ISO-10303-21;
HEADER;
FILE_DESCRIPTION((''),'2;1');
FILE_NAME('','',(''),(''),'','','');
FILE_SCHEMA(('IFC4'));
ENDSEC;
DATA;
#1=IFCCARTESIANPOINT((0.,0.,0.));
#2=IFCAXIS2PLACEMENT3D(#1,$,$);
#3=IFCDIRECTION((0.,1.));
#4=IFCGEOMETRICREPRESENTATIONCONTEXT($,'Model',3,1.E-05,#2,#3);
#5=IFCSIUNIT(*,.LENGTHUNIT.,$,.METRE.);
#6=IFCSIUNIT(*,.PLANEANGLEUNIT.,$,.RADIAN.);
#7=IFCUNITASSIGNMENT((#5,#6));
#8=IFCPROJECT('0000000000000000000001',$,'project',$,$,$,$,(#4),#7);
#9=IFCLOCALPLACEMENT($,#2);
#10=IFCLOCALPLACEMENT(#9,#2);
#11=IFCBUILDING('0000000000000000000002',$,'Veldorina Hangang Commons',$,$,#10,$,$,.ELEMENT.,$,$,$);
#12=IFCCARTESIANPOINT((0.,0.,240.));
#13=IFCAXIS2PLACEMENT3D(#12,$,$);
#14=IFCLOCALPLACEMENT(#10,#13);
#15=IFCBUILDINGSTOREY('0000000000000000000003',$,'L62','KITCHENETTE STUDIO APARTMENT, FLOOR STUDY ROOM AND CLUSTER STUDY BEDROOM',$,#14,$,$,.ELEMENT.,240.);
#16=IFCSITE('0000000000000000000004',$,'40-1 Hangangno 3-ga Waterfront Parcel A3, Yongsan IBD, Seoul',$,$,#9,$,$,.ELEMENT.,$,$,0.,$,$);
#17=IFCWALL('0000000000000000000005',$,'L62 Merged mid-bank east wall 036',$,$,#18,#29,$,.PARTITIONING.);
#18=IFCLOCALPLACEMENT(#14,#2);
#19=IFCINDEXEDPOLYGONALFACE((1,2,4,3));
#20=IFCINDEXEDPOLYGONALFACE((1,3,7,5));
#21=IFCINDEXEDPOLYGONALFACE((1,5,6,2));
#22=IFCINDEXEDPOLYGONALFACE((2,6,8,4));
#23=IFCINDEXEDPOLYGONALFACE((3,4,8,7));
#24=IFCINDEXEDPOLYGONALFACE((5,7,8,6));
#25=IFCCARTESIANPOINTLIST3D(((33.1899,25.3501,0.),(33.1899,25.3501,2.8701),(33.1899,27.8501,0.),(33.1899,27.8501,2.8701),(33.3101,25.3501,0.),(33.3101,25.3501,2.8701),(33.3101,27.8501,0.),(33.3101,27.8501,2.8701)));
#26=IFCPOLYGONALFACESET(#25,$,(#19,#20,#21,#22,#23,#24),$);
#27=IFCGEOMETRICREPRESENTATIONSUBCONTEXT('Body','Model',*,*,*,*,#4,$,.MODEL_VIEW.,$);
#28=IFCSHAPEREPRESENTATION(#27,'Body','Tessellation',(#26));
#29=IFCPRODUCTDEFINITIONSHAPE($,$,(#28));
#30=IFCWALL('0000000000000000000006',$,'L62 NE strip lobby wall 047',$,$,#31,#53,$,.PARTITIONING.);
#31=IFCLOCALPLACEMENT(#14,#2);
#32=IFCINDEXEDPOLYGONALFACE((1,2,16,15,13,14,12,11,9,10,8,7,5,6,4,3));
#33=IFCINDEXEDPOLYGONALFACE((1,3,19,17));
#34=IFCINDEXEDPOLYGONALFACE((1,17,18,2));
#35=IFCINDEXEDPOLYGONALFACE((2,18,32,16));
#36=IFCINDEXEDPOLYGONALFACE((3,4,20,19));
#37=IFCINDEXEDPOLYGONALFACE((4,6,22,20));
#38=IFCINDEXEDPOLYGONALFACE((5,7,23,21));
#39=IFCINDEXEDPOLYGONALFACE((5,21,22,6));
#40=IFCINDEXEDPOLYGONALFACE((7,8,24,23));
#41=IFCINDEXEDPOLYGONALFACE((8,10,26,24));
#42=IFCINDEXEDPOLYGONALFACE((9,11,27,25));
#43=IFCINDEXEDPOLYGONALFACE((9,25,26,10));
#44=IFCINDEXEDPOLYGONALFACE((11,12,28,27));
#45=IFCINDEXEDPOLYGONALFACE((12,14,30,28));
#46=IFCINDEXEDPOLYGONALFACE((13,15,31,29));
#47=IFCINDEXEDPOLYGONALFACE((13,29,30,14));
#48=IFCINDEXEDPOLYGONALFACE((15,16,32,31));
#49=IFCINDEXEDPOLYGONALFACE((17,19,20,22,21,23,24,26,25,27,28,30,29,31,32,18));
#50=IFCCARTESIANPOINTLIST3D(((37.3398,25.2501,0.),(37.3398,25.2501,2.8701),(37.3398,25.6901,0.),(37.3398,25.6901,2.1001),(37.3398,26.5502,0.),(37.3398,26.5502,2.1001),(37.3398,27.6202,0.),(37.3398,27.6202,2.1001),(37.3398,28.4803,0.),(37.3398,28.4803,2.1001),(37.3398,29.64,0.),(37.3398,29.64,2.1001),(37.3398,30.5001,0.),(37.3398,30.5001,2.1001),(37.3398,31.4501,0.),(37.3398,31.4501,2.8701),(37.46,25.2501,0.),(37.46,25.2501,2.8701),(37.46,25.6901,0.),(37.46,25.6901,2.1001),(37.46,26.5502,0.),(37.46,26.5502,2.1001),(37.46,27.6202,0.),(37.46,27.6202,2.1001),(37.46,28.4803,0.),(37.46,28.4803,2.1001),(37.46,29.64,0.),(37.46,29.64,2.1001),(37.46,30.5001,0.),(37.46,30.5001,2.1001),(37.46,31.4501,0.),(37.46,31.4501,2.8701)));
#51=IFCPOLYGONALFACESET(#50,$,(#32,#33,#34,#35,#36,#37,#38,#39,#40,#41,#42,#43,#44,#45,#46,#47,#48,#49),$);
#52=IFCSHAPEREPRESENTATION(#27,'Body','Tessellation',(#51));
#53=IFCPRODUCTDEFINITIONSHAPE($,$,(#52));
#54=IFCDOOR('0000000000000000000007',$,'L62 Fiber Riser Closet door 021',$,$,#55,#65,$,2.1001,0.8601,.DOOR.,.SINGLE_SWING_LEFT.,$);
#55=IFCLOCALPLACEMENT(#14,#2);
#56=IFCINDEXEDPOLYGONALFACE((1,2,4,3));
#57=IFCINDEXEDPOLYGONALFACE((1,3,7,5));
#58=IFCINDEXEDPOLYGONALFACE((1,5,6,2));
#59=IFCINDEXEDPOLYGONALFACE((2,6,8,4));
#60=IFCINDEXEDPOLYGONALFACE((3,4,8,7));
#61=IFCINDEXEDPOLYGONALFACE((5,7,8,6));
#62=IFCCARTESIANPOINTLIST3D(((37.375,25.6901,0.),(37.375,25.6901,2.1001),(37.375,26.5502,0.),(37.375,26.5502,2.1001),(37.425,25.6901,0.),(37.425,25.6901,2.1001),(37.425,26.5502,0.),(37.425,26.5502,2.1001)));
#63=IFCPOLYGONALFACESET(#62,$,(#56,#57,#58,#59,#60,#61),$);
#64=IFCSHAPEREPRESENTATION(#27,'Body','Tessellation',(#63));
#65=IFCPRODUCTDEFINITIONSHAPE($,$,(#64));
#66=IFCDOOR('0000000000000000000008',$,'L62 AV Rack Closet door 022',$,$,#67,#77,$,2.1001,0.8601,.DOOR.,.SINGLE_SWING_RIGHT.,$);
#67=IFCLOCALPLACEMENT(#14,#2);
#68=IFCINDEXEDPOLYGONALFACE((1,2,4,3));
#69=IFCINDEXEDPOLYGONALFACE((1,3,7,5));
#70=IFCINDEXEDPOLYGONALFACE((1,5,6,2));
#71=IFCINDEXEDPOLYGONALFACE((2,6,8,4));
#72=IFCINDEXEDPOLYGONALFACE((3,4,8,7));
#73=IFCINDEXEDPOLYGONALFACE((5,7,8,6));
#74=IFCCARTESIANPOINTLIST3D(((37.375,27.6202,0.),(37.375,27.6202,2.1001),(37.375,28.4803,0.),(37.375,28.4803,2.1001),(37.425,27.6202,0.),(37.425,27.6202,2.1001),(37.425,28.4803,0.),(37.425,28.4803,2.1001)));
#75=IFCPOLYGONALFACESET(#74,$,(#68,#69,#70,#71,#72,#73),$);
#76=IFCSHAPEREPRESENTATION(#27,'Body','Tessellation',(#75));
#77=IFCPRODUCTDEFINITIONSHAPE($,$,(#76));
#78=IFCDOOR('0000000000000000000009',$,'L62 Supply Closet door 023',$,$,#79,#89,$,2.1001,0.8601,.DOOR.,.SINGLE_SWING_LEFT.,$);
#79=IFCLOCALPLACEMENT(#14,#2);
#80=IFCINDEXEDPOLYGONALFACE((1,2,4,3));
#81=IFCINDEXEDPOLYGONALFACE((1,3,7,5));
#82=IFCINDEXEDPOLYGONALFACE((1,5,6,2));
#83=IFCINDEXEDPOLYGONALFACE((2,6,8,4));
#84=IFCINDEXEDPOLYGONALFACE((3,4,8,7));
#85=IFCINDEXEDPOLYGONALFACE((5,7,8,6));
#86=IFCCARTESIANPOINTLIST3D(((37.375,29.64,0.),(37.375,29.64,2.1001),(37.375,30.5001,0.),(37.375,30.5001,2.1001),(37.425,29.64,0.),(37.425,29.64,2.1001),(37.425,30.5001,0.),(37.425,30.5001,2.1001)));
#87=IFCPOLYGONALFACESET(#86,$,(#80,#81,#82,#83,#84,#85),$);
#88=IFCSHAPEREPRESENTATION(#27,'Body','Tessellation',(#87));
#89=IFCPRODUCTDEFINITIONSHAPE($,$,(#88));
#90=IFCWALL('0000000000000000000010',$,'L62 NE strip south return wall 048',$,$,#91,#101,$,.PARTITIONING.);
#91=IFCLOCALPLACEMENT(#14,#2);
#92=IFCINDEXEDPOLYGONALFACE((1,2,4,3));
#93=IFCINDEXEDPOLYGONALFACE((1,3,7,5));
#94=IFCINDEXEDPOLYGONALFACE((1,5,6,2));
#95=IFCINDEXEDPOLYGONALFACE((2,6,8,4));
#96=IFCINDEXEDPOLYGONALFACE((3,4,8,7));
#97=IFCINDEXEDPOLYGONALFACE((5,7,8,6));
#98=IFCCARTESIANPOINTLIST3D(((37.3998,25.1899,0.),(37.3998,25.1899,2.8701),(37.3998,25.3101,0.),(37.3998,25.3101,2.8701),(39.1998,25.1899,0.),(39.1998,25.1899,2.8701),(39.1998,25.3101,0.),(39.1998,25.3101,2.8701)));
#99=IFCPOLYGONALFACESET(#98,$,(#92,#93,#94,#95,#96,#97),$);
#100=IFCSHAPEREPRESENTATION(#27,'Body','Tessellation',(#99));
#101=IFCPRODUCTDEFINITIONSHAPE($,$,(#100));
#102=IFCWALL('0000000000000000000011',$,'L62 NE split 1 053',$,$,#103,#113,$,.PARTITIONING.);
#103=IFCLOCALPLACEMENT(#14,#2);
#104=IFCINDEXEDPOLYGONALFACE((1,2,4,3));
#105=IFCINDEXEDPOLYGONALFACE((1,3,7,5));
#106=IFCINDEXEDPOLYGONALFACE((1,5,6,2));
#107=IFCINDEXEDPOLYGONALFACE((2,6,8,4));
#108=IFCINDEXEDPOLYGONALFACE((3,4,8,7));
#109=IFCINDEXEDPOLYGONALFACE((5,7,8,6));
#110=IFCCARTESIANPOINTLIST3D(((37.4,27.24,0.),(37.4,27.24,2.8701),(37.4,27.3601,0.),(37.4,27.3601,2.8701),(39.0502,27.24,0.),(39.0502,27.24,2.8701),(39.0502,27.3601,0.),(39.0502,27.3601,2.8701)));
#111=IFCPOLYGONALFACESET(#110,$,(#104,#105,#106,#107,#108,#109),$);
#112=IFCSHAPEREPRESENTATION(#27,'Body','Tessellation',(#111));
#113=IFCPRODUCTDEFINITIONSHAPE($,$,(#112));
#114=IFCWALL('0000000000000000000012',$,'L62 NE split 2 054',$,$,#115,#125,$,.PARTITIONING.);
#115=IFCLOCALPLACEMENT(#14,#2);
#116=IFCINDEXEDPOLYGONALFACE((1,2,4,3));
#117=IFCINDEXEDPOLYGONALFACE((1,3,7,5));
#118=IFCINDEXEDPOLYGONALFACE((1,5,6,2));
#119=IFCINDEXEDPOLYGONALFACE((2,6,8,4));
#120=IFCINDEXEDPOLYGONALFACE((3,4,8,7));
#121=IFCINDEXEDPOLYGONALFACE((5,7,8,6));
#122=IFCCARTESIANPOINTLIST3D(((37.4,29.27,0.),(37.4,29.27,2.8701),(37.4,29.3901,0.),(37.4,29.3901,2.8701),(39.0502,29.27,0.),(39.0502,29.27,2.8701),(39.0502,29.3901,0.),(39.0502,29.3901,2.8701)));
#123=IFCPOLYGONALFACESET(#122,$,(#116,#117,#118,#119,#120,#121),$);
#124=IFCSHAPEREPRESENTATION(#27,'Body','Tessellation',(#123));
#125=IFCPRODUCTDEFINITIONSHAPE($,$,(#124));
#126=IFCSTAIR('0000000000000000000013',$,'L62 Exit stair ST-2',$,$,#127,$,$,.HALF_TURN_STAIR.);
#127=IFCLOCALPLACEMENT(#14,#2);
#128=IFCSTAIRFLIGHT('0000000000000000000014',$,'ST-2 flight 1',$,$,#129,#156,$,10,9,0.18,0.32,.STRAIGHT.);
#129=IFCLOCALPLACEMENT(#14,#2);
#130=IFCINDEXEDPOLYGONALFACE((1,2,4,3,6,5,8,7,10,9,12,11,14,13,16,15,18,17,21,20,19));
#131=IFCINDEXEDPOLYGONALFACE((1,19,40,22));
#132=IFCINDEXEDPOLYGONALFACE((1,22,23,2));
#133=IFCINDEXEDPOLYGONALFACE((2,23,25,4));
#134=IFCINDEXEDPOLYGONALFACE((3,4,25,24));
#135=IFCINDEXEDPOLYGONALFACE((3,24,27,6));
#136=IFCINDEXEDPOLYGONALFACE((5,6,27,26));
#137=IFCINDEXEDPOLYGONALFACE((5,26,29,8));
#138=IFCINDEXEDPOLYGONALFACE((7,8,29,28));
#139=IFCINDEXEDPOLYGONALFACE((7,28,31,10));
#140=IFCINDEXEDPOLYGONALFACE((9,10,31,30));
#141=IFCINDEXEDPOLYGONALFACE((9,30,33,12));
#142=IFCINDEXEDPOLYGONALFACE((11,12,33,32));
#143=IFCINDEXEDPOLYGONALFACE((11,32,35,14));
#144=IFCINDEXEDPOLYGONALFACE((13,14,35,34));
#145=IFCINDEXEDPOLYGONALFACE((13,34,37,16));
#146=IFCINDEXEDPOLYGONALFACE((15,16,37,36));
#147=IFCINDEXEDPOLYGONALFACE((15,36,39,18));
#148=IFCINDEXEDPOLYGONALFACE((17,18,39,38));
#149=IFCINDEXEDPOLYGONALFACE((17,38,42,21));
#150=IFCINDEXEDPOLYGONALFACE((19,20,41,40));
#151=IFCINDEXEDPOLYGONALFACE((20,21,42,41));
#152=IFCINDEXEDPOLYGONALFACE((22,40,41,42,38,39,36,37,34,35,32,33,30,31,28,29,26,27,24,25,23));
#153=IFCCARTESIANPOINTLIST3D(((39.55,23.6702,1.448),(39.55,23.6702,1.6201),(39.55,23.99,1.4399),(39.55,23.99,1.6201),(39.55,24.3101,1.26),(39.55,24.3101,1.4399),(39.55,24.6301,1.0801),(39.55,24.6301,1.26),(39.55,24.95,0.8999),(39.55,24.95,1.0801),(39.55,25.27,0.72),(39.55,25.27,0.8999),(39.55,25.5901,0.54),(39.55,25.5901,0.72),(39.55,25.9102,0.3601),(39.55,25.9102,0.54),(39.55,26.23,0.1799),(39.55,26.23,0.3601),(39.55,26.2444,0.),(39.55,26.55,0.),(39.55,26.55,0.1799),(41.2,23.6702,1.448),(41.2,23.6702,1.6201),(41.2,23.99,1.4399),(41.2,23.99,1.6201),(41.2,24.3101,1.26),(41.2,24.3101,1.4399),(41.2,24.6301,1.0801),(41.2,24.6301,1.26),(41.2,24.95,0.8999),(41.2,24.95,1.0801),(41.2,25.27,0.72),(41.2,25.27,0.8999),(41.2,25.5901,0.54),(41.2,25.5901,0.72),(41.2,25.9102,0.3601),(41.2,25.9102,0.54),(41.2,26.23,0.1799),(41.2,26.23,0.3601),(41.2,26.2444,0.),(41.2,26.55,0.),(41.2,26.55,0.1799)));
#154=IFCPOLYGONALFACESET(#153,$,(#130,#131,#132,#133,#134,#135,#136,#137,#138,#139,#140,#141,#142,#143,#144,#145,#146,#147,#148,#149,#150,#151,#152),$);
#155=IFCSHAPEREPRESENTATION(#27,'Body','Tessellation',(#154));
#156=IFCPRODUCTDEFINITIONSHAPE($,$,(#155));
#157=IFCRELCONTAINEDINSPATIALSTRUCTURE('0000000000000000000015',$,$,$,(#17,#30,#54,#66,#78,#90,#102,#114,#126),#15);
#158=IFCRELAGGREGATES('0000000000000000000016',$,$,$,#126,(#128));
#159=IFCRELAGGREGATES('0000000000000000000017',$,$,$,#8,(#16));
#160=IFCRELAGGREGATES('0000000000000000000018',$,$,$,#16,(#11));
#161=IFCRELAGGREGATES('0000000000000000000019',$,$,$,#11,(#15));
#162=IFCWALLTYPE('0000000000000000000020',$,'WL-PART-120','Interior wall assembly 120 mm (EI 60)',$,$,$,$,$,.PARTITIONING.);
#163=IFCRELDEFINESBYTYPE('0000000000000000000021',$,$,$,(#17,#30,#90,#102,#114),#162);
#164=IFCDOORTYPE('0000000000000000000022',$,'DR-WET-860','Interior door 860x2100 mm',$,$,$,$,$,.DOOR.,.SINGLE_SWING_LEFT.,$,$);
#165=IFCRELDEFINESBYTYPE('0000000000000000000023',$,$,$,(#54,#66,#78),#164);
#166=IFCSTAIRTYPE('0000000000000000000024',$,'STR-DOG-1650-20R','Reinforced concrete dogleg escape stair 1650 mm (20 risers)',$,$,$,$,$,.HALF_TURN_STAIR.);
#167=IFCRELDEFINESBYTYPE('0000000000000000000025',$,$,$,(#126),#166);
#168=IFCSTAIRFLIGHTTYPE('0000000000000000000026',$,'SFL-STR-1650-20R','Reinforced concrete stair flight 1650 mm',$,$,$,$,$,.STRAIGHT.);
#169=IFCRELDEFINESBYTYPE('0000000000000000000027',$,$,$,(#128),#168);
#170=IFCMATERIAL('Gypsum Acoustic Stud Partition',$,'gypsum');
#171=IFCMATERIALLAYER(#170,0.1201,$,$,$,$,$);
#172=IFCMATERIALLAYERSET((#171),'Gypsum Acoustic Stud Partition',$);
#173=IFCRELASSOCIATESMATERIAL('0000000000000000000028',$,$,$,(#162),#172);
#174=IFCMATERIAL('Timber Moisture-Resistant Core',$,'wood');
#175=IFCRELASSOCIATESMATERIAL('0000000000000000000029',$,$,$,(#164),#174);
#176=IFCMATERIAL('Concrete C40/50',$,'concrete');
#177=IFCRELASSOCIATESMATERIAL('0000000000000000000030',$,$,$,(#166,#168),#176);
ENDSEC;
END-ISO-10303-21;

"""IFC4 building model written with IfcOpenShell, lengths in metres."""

from ifc_helpers import new_model, si_unit, direction, frame, frame_2d, origin, place, context, subcontext, project, spatial, polyline, rectangle, outline, extrude, material, layer, layer_set, type_object, element, fill, aggregate, save


model = new_model("IFC4")

# Units and contexts
model_context = context("Model", 3, precision=1e-05, world=origin(), true_north=direction((0.0, 1.0)))
body_context = subcontext(model_context, "Body", "Model", "MODEL_VIEW")
ifc_project = project(units=[si_unit("LENGTHUNIT", "METRE"), si_unit("PLANEANGLEUNIT", "RADIAN")], contexts=[model_context])

# Site, building, storey
site_placement = place(None, origin())
site = spatial("IfcSite", under=ifc_project, at=site_placement, Name="40-1 Hangangno 3-ga Waterfront Parcel A3, Yongsan IBD, Seoul", CompositionType="ELEMENT", RefElevation=0.0)
building_placement = place(site_placement, origin())
building = spatial("IfcBuilding", under=site, at=building_placement, Name="Veldorina Hangang Commons", CompositionType="ELEMENT")
storey_placement = place(building_placement, frame((0.0, 0.0, 240.0)))
storey = spatial("IfcBuildingStorey", under=building, at=storey_placement, Name="L62", Description="KITCHENETTE STUDIO APARTMENT, FLOOR STUDY ROOM AND CLUSTER STUDY BEDROOM", CompositionType="ELEMENT", Elevation=240.0)

# Shared definitions
ifc_material_1 = material(Name="Gypsum Acoustic Stud Partition", Category="gypsum")
ifc_layer_1 = layer(ifc_material_1, 0.1201)
ifc_layer_set_1 = layer_set([ifc_layer_1], Name="Gypsum Acoustic Stud Partition")
wall_type_1 = type_object("IfcWallType", Name="WL-PART-120", Description="Interior wall assembly 120 mm (EI 60)", PredefinedType="PARTITIONING", material=ifc_layer_set_1)

# Wall
wall_1_placement = place(storey_placement, frame((33.25, 25.3501, 0.0), z_axis=(0.0, 0.0, 1.0), x_axis=(0.0, 1.0, 0.0)))
element("IfcWall", 1, at=wall_1_placement, inside=storey, type_object=wall_type_1, Name="L62 Merged mid-bank east wall 036", PredefinedType="PARTITIONING", context=body_context, shape_type="SweptSolid", body=[
    extrude(rectangle(XDim=2.5, YDim=0.1201, at=frame_2d((1.25, 0.0))), origin(), (0.0, 0.0, 1.0), 2.8701),
])

# Wall, openings, doors
wall_2_placement = place(storey_placement, frame((37.3999, 25.25, 0.0), z_axis=(0.0, 0.0, 1.0), x_axis=(0.0, 1.0, 0.0)))
wall_2 = element("IfcWall", 2, at=wall_2_placement, inside=storey, type_object=wall_type_1, Name="L62 NE strip lobby wall 047", PredefinedType="PARTITIONING", context=body_context, shape_type="SweptSolid", body=[
    extrude(rectangle(XDim=6.2, YDim=0.1201, at=frame_2d((3.1001, 0.0))), origin(), (0.0, 0.0, 1.0), 2.8701),
])
opening_1_placement = place(wall_2_placement, frame((0.4399, 0.0, 0.0)))
opening_1 = element("IfcOpeningElement", 3, at=opening_1_placement, cuts=wall_2, PredefinedType="OPENING", context=body_context, shape_type="SweptSolid", body=[
    extrude(rectangle(XDim=0.8601, YDim=2.1001, at=frame_2d((0.4302, 1.05))), frame((0.0, 0.0701, 0.0), z_axis=(0.0, -1.0, 0.0), x_axis=(1.0, 0.0, 0.0)), (0.0, 0.0, 1.0), 0.1401),
])
opening_2_placement = place(wall_2_placement, frame((2.3701, 0.0, 0.0)))
opening_2 = element("IfcOpeningElement", 4, at=opening_2_placement, cuts=wall_2, PredefinedType="OPENING", context=body_context, shape_type="SweptSolid", body=[
    extrude(rectangle(XDim=0.8601, YDim=2.1001, at=frame_2d((0.4302, 1.05))), frame((0.0, 0.0701, 0.0), z_axis=(0.0, -1.0, 0.0), x_axis=(1.0, 0.0, 0.0)), (0.0, 0.0, 1.0), 0.1401),
])
opening_3_placement = place(wall_2_placement, frame((4.3899, 0.0, 0.0)))
opening_3 = element("IfcOpeningElement", 5, at=opening_3_placement, cuts=wall_2, PredefinedType="OPENING", context=body_context, shape_type="SweptSolid", body=[
    extrude(rectangle(XDim=0.8601, YDim=2.1001, at=frame_2d((0.4302, 1.05))), frame((0.0, 0.0701, 0.0), z_axis=(0.0, -1.0, 0.0), x_axis=(1.0, 0.0, 0.0)), (0.0, 0.0, 1.0), 0.1401),
])
ifc_material_2 = material(Name="Timber Moisture-Resistant Core", Category="wood")
door_type_1 = type_object("IfcDoorType", Name="DR-WET-860", Description="Interior door 860x2100 mm", OperationType="SINGLE_SWING_LEFT", PredefinedType="DOOR", material=ifc_material_2)
door_1_placement = place(opening_1_placement, origin())
door_1 = element("IfcDoor", 6, at=door_1_placement, inside=storey, type_object=door_type_1, Name="L62 Fiber Riser Closet door 021", OperationType="SINGLE_SWING_LEFT", OverallHeight=2.1001, OverallWidth=0.8601, PredefinedType="DOOR", context=body_context, shape_type="SweptSolid", body=[
    extrude(rectangle(XDim=0.8601, YDim=2.1001, at=frame_2d((0.4302, 1.05))), frame((0.0, 0.0249, 0.0), z_axis=(0.0, -1.0, 0.0), x_axis=(1.0, 0.0, 0.0)), (0.0, 0.0, 1.0), 0.05),
])
fill(opening_1, door_1)
door_2_placement = place(opening_2_placement, origin())
door_2 = element("IfcDoor", 7, at=door_2_placement, inside=storey, type_object=door_type_1, Name="L62 AV Rack Closet door 022", OperationType="SINGLE_SWING_RIGHT", OverallHeight=2.1001, OverallWidth=0.8601, PredefinedType="DOOR", context=body_context, shape_type="SweptSolid", body=[
    extrude(rectangle(XDim=0.8601, YDim=2.1001, at=frame_2d((0.4302, 1.05))), frame((0.0, 0.0249, 0.0), z_axis=(0.0, -1.0, 0.0), x_axis=(1.0, 0.0, 0.0)), (0.0, 0.0, 1.0), 0.05),
])
fill(opening_2, door_2)
door_3_placement = place(opening_3_placement, origin())
door_3 = element("IfcDoor", 8, at=door_3_placement, inside=storey, type_object=door_type_1, Name="L62 Supply Closet door 023", OperationType="SINGLE_SWING_LEFT", OverallHeight=2.1001, OverallWidth=0.8601, PredefinedType="DOOR", context=body_context, shape_type="SweptSolid", body=[
    extrude(rectangle(XDim=0.8601, YDim=2.1001, at=frame_2d((0.4302, 1.05))), frame((0.0, 0.0249, 0.0), z_axis=(0.0, -1.0, 0.0), x_axis=(1.0, 0.0, 0.0)), (0.0, 0.0, 1.0), 0.05),
])
fill(opening_3, door_3)

# Walls
wall_3_placement = place(storey_placement, frame((37.3999, 25.25, 0.0), z_axis=(0.0, 0.0, 1.0), x_axis=(1.0, 0.0, 0.0)))
element("IfcWall", 9, at=wall_3_placement, inside=storey, type_object=wall_type_1, Name="L62 NE strip south return wall 048", PredefinedType="PARTITIONING", context=body_context, shape_type="SweptSolid", body=[
    extrude(rectangle(XDim=1.8, YDim=0.1201, at=frame_2d((0.8999, 0.0))), origin(), (0.0, 0.0, 1.0), 2.8701),
])
for number, where, z_axis, x_axis, name in (
    (10, (37.3999, 27.3, 0.0), (0.0, 0.0, 1.0), (1.0, 0.0, 0.0), "L62 NE split 1 053"),
    (11, (37.3999, 29.3301, 0.0), (0.0, 0.0, 1.0), (1.0, 0.0, 0.0), "L62 NE split 2 054"),
):
    element("IfcWall", number, at=place(storey_placement, frame(where, z_axis=z_axis, x_axis=x_axis)), inside=storey, type_object=wall_type_1, Name=name, PredefinedType="PARTITIONING", context=body_context, shape_type="SweptSolid", body=[
        extrude(rectangle(XDim=1.6501, YDim=0.1201, at=frame_2d((0.8252, 0.0))), origin(), (0.0, 0.0, 1.0), 2.8701),
    ])

# Stair, stair flight
ifc_material_3 = material(Name="Concrete C40/50", Category="concrete")
stair_type = type_object("IfcStairType", Name="STR-DOG-1650-20R", Description="Reinforced concrete dogleg escape stair 1650 mm (20 risers)", PredefinedType="HALF_TURN_STAIR", material=ifc_material_3)
stair_placement = place(storey_placement, origin())
stair = element("IfcStair", 12, at=stair_placement, inside=storey, type_object=stair_type, Name="L62 Exit stair ST-2", PredefinedType="HALF_TURN_STAIR")
stair_flight_type = type_object("IfcStairFlightType", Name="SFL-STR-1650-20R", Description="Reinforced concrete stair flight 1650 mm", PredefinedType="STRAIGHT", material=ifc_material_3)
stair_flight_placement = place(storey_placement, frame((40.375, 26.55, 0.0), z_axis=(0.0, 0.0, 1.0), x_axis=(0.0, -1.0, 0.0)))
stair_flight = element("IfcStairFlight", 13, at=stair_flight_placement, type_object=stair_flight_type, Name="ST-2 flight 1", NumberOfRisers=10, NumberOfTreads=9, PredefinedType="STRAIGHT", RiserHeight=0.18, TreadLength=0.32, context=body_context, shape_type="SweptSolid", body=[
    extrude(outline(polyline([(0.0, 0.0), (0.0, 0.1799), (0.3201, 0.1799), (0.3201, 0.3601), (0.6399, 0.3601), (0.6399, 0.54), (0.96, 0.54), (0.96, 0.72), (1.28, 0.72), (1.28, 0.8999), (1.6001, 0.8999), (1.6001, 1.0801), (1.9199, 1.0801), (1.9199, 1.26), (2.24, 1.26), (2.24, 1.4399), (2.5601, 1.4399), (2.5601, 1.6201), (2.8799, 1.6201), (2.8799, 1.8), (2.8799, 1.448), (0.3057, 0.0), (0.0, 0.0)])), frame((0.0, 0.825, 0.0), z_axis=(0.0, -1.0, 0.0), x_axis=(1.0, 0.0, 0.0)), (0.0, 0.0, 1.0), 1.6499),
])
aggregate(stair, [stair_flight])

save(model, "model.ifc")
